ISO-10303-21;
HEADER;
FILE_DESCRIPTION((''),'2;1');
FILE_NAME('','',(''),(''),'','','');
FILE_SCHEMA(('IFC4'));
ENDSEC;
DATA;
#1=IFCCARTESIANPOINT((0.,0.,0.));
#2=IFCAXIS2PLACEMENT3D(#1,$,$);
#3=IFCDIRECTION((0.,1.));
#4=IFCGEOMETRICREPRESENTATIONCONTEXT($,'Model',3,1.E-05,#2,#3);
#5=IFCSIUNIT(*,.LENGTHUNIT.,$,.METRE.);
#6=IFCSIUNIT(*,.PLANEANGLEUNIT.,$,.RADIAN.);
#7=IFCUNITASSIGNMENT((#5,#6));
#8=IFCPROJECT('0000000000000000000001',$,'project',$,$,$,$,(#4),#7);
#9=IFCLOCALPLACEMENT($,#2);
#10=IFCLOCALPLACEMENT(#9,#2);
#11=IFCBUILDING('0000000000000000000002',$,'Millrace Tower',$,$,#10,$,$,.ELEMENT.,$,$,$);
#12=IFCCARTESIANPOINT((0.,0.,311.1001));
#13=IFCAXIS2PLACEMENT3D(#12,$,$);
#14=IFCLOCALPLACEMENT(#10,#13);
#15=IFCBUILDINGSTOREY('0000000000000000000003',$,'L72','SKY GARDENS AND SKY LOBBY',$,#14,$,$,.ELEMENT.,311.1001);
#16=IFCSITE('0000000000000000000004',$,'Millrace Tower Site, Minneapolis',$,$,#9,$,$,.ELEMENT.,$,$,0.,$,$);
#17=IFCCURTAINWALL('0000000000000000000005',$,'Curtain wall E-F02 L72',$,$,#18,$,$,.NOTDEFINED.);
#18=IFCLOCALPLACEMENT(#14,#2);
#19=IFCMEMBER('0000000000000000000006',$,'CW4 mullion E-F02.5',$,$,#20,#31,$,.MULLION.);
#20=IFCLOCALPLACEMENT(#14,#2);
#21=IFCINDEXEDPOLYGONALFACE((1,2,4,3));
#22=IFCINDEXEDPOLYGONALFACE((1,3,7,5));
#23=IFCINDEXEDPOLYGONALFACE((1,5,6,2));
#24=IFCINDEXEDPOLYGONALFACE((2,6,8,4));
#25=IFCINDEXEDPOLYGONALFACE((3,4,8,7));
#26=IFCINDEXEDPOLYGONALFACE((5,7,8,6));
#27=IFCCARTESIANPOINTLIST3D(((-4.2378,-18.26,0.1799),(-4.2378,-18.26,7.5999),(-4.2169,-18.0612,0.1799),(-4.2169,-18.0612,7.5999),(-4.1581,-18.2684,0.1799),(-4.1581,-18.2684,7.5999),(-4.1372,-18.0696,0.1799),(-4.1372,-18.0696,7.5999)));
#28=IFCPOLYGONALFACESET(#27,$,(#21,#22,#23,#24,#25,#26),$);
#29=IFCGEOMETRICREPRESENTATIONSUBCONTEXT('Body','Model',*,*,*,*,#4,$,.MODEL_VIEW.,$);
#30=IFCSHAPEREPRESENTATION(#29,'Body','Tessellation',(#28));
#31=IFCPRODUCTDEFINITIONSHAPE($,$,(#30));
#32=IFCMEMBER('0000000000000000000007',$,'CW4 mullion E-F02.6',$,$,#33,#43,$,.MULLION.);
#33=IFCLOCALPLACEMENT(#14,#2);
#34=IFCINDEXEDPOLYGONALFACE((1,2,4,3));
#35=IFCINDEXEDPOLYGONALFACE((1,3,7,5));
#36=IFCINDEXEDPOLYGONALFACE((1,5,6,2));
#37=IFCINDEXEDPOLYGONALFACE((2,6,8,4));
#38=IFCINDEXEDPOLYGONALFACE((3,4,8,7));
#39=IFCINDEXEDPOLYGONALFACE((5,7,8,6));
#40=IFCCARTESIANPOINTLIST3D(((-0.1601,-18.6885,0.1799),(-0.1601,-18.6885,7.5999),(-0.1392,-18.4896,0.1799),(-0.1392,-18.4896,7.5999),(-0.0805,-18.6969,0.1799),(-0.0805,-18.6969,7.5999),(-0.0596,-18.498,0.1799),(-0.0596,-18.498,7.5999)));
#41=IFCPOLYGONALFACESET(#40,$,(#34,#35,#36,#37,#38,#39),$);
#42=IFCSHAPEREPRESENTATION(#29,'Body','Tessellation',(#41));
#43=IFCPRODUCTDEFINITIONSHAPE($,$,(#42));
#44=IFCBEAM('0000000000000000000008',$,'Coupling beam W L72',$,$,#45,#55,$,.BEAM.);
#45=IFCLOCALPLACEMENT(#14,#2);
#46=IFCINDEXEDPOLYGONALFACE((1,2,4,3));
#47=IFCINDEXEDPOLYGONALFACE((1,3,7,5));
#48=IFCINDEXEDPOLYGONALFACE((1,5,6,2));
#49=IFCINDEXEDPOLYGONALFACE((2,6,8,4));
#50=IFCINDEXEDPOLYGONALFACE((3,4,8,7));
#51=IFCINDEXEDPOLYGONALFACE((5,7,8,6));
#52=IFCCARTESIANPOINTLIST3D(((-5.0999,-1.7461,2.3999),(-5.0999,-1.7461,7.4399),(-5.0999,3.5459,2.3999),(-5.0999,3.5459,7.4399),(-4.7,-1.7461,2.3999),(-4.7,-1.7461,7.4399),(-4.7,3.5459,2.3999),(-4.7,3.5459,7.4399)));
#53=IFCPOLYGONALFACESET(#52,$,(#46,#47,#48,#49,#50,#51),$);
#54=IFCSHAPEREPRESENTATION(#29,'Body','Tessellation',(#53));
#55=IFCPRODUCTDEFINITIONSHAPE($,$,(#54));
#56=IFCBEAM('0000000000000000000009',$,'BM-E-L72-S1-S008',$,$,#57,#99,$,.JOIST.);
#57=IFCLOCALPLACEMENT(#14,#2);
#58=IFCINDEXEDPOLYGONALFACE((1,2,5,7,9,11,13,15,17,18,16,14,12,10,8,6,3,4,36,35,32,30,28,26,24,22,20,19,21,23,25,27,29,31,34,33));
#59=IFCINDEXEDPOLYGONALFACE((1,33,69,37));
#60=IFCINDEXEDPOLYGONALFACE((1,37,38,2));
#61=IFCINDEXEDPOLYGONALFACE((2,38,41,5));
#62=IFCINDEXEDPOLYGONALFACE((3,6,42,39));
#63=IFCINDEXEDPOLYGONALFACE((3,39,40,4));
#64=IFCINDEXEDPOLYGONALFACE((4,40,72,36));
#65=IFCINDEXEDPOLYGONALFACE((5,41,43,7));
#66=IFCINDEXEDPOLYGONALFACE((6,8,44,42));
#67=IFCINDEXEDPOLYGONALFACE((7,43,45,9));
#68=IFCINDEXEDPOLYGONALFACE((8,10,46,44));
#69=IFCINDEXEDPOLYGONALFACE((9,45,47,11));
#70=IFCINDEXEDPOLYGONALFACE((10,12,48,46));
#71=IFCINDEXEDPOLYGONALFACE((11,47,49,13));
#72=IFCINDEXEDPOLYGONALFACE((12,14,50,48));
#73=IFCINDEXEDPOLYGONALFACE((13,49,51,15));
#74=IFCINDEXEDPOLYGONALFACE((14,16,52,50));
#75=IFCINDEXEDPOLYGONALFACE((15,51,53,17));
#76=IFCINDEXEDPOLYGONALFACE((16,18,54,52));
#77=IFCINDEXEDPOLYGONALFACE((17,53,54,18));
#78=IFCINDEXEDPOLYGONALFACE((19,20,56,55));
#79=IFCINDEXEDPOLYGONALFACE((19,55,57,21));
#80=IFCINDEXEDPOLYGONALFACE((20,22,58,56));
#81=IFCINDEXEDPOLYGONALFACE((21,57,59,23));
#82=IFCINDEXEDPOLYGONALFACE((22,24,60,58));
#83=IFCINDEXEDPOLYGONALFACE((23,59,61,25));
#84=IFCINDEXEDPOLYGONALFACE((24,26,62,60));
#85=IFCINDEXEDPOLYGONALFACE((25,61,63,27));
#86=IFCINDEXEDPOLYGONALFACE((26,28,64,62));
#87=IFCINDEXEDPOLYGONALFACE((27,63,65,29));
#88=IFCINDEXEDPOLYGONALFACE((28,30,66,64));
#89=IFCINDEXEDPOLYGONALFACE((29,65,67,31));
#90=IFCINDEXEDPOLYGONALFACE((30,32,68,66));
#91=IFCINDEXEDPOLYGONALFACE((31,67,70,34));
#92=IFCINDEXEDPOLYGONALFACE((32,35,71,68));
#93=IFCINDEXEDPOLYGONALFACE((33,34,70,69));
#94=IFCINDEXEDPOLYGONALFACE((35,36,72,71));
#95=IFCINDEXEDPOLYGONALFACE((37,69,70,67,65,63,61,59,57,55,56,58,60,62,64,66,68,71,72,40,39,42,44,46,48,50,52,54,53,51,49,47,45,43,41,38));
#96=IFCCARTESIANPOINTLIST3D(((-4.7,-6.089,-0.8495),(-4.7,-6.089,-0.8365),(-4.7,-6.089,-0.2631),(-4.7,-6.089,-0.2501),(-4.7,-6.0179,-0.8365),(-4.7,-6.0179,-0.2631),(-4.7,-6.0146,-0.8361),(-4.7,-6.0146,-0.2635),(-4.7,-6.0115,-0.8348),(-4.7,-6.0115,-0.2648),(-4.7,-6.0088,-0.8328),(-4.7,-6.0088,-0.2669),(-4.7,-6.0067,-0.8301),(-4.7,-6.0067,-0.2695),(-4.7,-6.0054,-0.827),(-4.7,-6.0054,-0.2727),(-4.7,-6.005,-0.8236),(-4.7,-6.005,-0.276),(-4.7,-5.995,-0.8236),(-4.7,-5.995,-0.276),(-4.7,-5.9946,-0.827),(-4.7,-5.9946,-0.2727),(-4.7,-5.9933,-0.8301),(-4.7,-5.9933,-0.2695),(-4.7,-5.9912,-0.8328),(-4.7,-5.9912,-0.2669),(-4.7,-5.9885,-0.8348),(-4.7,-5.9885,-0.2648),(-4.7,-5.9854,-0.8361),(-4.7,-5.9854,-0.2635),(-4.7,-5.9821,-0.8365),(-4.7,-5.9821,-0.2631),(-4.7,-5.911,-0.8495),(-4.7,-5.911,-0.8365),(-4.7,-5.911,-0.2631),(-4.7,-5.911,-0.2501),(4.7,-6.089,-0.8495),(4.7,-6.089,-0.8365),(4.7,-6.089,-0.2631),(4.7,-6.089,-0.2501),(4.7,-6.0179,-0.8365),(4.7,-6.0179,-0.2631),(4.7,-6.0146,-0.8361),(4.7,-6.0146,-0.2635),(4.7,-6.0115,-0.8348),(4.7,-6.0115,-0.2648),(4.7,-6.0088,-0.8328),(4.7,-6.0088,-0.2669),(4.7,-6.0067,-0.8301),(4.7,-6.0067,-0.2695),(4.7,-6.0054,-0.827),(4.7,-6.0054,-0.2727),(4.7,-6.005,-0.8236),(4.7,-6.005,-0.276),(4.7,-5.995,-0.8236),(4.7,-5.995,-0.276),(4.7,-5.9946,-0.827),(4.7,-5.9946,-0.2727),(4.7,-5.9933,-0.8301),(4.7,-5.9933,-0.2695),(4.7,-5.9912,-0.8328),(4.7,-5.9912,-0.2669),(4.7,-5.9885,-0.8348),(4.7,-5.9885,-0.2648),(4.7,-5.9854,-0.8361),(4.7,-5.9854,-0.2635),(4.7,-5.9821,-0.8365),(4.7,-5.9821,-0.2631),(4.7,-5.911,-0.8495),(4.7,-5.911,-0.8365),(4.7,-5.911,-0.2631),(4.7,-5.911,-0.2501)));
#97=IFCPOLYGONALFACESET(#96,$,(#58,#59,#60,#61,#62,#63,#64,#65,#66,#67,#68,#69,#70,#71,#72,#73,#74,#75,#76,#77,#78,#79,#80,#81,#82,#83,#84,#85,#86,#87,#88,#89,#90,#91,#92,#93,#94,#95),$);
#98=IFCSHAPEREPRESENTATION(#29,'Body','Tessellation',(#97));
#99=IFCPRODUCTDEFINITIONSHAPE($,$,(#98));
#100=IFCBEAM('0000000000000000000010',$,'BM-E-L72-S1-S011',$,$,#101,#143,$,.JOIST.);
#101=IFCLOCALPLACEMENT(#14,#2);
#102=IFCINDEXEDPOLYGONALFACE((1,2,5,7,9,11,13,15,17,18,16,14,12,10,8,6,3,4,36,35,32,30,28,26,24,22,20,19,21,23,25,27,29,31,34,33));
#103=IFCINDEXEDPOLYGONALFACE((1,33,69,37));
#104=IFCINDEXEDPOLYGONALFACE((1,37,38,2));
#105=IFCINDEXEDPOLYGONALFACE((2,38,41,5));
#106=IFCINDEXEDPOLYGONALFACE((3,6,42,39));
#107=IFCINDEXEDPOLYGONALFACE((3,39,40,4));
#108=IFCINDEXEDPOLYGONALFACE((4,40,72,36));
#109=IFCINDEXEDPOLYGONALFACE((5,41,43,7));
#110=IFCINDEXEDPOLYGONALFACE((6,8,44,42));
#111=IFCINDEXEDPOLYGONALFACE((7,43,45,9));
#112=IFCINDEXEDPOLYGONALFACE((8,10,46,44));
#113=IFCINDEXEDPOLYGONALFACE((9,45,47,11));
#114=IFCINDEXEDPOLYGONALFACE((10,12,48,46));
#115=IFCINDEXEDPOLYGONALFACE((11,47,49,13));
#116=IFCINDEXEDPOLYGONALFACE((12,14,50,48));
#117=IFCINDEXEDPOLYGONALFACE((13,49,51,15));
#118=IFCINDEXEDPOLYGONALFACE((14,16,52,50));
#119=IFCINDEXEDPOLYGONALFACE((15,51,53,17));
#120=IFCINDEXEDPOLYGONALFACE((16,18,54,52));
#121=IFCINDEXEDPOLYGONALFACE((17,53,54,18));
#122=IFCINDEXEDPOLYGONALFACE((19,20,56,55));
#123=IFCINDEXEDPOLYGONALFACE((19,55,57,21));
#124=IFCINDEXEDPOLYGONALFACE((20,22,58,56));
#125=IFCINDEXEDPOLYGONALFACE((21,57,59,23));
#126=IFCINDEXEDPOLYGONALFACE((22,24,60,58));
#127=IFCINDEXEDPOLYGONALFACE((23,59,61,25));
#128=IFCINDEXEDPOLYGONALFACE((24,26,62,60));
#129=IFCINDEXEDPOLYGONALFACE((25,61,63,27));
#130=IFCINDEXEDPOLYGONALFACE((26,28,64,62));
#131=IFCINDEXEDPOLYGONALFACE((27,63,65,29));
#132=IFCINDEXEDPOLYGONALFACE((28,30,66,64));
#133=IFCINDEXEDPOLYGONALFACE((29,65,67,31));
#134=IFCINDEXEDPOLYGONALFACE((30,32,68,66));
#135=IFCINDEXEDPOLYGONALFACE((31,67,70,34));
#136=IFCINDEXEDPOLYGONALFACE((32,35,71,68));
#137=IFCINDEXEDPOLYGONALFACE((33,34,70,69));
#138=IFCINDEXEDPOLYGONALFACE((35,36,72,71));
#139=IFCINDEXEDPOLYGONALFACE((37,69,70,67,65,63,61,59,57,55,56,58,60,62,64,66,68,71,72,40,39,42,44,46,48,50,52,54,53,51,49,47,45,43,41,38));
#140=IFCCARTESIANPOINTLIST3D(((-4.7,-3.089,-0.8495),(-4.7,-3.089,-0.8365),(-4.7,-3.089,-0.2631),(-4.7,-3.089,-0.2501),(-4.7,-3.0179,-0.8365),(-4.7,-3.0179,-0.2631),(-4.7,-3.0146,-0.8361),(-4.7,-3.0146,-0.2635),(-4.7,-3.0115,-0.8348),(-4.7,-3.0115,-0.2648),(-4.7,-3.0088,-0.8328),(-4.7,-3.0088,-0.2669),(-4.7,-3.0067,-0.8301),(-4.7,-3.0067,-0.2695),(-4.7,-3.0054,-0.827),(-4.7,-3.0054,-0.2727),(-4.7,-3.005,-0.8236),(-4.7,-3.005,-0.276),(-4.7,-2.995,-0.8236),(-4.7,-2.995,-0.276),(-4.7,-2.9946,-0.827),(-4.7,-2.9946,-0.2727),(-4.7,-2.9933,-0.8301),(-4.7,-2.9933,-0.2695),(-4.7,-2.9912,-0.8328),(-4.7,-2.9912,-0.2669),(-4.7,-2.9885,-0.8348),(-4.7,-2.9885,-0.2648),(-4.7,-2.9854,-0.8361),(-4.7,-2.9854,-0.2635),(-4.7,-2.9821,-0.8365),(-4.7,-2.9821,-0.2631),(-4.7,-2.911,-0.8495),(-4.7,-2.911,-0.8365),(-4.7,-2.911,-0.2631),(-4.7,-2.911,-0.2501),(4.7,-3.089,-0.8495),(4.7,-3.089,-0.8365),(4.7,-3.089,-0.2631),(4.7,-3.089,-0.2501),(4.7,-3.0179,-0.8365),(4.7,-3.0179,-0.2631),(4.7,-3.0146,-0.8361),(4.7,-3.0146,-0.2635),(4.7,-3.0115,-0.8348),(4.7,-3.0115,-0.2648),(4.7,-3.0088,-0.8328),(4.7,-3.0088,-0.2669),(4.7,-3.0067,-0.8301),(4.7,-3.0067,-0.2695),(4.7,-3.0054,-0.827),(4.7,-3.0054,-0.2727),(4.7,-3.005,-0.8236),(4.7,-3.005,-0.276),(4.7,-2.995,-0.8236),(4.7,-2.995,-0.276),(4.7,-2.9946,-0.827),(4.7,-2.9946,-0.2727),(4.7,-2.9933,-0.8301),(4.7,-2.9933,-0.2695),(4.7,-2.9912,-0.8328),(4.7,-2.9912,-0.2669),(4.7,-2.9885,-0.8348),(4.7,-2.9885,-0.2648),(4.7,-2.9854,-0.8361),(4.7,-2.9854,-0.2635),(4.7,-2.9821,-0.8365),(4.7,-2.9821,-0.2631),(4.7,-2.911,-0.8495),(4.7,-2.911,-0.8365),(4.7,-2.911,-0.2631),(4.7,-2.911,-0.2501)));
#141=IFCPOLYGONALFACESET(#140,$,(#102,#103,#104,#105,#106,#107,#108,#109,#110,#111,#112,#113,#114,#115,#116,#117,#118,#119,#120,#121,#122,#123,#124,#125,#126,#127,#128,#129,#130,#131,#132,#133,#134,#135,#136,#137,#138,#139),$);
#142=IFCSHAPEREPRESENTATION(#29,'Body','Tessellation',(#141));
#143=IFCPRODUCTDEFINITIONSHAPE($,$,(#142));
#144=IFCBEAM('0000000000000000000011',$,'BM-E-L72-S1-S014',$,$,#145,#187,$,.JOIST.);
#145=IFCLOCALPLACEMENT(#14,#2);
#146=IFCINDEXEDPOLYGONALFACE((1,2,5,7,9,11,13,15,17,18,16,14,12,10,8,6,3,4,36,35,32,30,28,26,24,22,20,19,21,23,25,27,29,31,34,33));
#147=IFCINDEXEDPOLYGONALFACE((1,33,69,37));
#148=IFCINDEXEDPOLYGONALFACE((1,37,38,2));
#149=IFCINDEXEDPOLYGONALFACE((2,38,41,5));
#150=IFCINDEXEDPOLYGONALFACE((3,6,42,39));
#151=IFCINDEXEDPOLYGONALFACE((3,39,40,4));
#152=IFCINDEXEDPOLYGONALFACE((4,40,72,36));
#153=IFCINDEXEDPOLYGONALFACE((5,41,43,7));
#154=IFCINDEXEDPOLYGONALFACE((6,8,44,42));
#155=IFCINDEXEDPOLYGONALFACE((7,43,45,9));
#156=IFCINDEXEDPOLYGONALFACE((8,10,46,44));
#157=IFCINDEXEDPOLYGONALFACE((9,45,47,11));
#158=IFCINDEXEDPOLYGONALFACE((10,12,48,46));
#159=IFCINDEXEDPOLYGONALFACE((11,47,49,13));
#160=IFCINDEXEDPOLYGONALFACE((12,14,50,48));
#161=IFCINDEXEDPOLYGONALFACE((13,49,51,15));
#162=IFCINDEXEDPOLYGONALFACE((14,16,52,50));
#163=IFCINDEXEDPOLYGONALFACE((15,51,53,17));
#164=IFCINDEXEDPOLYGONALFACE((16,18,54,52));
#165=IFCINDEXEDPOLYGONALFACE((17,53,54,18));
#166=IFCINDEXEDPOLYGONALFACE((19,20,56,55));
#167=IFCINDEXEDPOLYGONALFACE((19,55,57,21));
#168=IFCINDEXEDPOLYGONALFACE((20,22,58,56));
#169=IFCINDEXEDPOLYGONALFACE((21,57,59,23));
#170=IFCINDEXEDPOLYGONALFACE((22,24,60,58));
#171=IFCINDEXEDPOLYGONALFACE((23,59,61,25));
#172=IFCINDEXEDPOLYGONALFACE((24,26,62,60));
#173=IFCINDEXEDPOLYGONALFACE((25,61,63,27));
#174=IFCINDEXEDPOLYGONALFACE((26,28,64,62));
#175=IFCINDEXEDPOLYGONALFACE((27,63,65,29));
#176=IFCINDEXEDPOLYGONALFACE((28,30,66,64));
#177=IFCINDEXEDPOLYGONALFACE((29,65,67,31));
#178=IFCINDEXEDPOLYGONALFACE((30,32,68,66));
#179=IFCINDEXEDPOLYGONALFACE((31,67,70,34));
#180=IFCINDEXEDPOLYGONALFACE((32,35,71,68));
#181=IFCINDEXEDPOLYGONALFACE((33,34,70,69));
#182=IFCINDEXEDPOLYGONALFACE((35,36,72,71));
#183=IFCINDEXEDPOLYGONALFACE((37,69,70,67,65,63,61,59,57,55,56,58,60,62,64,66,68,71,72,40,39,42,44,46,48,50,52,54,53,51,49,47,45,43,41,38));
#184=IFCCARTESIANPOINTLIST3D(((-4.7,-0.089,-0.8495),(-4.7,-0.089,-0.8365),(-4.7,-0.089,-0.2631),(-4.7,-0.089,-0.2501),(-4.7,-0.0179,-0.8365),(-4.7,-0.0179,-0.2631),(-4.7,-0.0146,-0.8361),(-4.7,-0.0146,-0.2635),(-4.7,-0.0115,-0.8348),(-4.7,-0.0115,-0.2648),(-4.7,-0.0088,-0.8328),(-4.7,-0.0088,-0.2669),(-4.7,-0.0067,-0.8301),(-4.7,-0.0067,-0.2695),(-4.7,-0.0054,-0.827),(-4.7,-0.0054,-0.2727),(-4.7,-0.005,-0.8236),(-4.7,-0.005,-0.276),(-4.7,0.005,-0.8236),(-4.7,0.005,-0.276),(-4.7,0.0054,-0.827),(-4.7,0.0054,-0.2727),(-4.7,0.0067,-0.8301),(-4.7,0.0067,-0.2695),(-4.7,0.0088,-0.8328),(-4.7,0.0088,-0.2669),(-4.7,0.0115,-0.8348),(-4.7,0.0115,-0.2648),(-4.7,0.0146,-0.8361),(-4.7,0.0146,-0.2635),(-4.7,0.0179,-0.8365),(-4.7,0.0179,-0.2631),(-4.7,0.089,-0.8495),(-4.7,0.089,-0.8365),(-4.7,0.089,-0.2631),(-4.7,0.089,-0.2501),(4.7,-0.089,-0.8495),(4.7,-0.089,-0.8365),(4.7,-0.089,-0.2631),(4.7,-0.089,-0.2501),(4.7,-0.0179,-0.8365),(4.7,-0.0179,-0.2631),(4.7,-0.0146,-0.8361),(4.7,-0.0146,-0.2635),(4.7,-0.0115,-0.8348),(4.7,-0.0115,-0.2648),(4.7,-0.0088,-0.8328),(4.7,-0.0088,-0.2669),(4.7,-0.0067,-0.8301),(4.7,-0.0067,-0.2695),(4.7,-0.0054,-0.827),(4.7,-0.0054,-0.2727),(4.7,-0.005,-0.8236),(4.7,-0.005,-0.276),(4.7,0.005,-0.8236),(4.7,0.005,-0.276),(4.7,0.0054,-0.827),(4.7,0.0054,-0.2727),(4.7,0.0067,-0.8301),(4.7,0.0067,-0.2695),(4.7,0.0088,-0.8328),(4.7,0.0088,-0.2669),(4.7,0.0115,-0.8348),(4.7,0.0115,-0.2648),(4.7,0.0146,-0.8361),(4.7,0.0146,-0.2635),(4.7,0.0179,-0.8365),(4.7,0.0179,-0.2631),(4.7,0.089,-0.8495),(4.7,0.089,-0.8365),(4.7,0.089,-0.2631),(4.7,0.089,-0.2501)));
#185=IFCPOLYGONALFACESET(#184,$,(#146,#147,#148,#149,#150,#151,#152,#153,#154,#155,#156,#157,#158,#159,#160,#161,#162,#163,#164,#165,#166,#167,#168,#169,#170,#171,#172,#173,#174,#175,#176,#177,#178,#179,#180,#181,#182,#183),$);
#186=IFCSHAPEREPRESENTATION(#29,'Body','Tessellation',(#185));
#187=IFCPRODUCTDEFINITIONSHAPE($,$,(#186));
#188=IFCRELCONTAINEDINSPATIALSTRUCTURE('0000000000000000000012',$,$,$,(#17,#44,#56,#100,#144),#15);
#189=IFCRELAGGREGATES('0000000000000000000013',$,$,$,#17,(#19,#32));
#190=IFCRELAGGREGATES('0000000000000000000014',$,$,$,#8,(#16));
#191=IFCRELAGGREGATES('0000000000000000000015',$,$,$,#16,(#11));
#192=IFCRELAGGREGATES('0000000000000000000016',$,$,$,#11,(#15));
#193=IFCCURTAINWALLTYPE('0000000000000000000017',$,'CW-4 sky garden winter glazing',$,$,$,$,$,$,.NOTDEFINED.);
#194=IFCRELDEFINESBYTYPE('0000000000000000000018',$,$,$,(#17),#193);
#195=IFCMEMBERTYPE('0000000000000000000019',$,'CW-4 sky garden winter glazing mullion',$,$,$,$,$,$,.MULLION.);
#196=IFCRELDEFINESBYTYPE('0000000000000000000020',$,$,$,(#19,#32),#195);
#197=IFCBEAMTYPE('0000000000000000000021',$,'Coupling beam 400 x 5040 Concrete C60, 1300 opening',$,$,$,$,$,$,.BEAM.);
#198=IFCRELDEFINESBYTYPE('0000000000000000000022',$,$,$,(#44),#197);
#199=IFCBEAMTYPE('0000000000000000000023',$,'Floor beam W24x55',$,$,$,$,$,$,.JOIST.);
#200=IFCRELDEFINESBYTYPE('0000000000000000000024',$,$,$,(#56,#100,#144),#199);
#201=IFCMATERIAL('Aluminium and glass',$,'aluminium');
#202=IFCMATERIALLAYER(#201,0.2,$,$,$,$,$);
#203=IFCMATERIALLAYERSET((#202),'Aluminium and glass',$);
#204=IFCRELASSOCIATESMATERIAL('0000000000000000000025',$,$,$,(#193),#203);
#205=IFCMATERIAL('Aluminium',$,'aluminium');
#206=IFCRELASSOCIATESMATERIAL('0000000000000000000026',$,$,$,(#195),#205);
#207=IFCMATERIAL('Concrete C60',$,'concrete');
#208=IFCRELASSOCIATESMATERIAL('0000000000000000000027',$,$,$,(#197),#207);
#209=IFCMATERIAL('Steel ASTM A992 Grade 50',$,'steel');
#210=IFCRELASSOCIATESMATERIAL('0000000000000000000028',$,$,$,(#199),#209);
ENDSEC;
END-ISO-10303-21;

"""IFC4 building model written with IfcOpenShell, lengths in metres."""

from ifc_helpers import new_model, si_unit, direction, frame, origin, origin_2d, place, context, subcontext, project, spatial, rectangle, i_section, extrude, material, layer, layer_set, material_profile, profile_set, type_object, element, aggregate, save


model = new_model("IFC4")

# Units and contexts
model_context = context("Model", 3, precision=1e-05, world=origin(), true_north=direction((0.0, 1.0)))
body_context = subcontext(model_context, "Body", "Model", "MODEL_VIEW")
ifc_project = project(units=[si_unit("LENGTHUNIT", "METRE"), si_unit("PLANEANGLEUNIT", "RADIAN")], contexts=[model_context])

# Site, building, storey
site_placement = place(None, origin())
site = spatial("IfcSite", under=ifc_project, at=site_placement, Name="Millrace Tower Site, Minneapolis", CompositionType="ELEMENT", RefElevation=0.0)
building_placement = place(site_placement, origin())
building = spatial("IfcBuilding", under=site, at=building_placement, Name="Millrace Tower", CompositionType="ELEMENT")
storey_placement = place(building_placement, frame((0.0, 0.0, 311.1001)))
storey = spatial("IfcBuildingStorey", under=building, at=storey_placement, Name="L72", Description="SKY GARDENS AND SKY LOBBY", CompositionType="ELEMENT", Elevation=311.1001)

# Curtain wall, members
ifc_material_1 = material(Name="Aluminium and glass", Category="aluminium")
ifc_layer_1 = layer(ifc_material_1, 0.2)
ifc_layer_set_1 = layer_set([ifc_layer_1], Name="Aluminium and glass")
curtain_wall_type = type_object("IfcCurtainWallType", Name="CW-4 sky garden winter glazing", PredefinedType="NOTDEFINED", material=ifc_layer_set_1)
placement_1 = place(storey_placement, origin())
curtain_wall_1 = element("IfcCurtainWall", 1, at=placement_1, inside=storey, type_object=curtain_wall_type, Name="Curtain wall E-F02 L72", PredefinedType="NOTDEFINED")
ifc_material_2 = material(Name="Aluminium", Category="aluminium")
ifc_material_profile_1 = material_profile(ifc_material_2, rectangle(XDim=0.0801, YDim=0.2, at=origin_2d()))
ifc_profile_set_1 = profile_set([ifc_material_profile_1], Name="Aluminium")
member_type = type_object("IfcMemberType", Name="CW-4 sky garden winter glazing mullion", PredefinedType="MULLION", material=ifc_profile_set_1)
member_1_placement = place(storey_placement, frame((-4.1875, -18.1648, 0.1799), z_axis=(0.0, 0.0, 1.0), x_axis=(0.994522, -0.104528, 0.0)))
member_1 = element("IfcMember", 2, at=member_1_placement, type_object=member_type, Name="CW4 mullion E-F02.5", PredefinedType="MULLION", context=body_context, shape_type="SweptSolid", body=[
    extrude(rectangle(XDim=0.0801, YDim=0.2, at=origin_2d()), origin(), (0.0, 0.0, 1.0), 7.4199),
])
member_2_placement = place(storey_placement, frame((-0.1099, -18.5933, 0.1799), z_axis=(0.0, 0.0, 1.0), x_axis=(0.994522, -0.104528, 0.0)))
member_2 = element("IfcMember", 3, at=member_2_placement, type_object=member_type, Name="CW4 mullion E-F02.6", PredefinedType="MULLION", context=body_context, shape_type="SweptSolid", body=[
    extrude(rectangle(XDim=0.0801, YDim=0.2, at=origin_2d()), origin(), (0.0, 0.0, 1.0), 7.4199),
])

# Beams
ifc_material_3 = material(Name="Concrete C60", Category="concrete")
ifc_material_profile_2 = material_profile(ifc_material_3, rectangle(XDim=0.3999, YDim=5.04, at=origin_2d()))
ifc_profile_set_2 = profile_set([ifc_material_profile_2], Name="Concrete C60")
beam_type_1 = type_object("IfcBeamType", Name="Coupling beam 400 x 5040 Concrete C60, 1300 opening", PredefinedType="BEAM", material=ifc_profile_set_2)
beam_1_placement = place(storey_placement, frame((-4.8999, -1.7461, 4.9199), z_axis=(0.0, 1.0, 0.0), x_axis=(-1.0, 0.0, 0.0)))
element("IfcBeam", 4, at=beam_1_placement, inside=storey, type_object=beam_type_1, Name="Coupling beam W L72", PredefinedType="BEAM", context=body_context, shape_type="SweptSolid", body=[
    extrude(rectangle(XDim=0.3999, YDim=5.04, at=origin_2d()), origin(), (0.0, 0.0, 1.0), 5.292),
])
ifc_material_4 = material(Name="Steel ASTM A992 Grade 50", Category="steel")
ifc_material_profile_3 = material_profile(ifc_material_4, i_section(OverallWidth=0.178, OverallDepth=0.5994, WebThickness=0.01, FlangeThickness=0.0129, FilletRadius=0.0129, at=origin_2d()))
ifc_profile_set_3 = profile_set([ifc_material_profile_3], Name="Steel ASTM A992 Grade 50")
beam_type_2 = type_object("IfcBeamType", Name="Floor beam W24x55", PredefinedType="JOIST", material=ifc_profile_set_3)
for number, where, z_axis, x_axis, name in (
    (5, (-4.7, -6.0, -0.5498), (1.0, 0.0, 0.0), (0.0, 1.0, 0.0), "BM-E-L72-S1-S008"),
    (6, (-4.7, -3.0, -0.5498), (1.0, 0.0, 0.0), (0.0, 1.0, 0.0), "BM-E-L72-S1-S011"),
    (7, (-4.7, 0.0, -0.5498), (1.0, 0.0, 0.0), (0.0, 1.0, 0.0), "BM-E-L72-S1-S014"),
):
    element("IfcBeam", number, at=place(storey_placement, frame(where, z_axis=z_axis, x_axis=x_axis)), inside=storey, type_object=beam_type_2, Name=name, PredefinedType="JOIST", context=body_context, shape_type="SweptSolid", body=[
        extrude(i_section(OverallWidth=0.178, OverallDepth=0.5994, WebThickness=0.01, FlangeThickness=0.0129, FilletRadius=0.0129, at=origin_2d()), origin(), (0.0, 0.0, 1.0), 9.3999),
    ])

aggregate(curtain_wall_1, [member_1, member_2])

save(model, "model.ifc")
